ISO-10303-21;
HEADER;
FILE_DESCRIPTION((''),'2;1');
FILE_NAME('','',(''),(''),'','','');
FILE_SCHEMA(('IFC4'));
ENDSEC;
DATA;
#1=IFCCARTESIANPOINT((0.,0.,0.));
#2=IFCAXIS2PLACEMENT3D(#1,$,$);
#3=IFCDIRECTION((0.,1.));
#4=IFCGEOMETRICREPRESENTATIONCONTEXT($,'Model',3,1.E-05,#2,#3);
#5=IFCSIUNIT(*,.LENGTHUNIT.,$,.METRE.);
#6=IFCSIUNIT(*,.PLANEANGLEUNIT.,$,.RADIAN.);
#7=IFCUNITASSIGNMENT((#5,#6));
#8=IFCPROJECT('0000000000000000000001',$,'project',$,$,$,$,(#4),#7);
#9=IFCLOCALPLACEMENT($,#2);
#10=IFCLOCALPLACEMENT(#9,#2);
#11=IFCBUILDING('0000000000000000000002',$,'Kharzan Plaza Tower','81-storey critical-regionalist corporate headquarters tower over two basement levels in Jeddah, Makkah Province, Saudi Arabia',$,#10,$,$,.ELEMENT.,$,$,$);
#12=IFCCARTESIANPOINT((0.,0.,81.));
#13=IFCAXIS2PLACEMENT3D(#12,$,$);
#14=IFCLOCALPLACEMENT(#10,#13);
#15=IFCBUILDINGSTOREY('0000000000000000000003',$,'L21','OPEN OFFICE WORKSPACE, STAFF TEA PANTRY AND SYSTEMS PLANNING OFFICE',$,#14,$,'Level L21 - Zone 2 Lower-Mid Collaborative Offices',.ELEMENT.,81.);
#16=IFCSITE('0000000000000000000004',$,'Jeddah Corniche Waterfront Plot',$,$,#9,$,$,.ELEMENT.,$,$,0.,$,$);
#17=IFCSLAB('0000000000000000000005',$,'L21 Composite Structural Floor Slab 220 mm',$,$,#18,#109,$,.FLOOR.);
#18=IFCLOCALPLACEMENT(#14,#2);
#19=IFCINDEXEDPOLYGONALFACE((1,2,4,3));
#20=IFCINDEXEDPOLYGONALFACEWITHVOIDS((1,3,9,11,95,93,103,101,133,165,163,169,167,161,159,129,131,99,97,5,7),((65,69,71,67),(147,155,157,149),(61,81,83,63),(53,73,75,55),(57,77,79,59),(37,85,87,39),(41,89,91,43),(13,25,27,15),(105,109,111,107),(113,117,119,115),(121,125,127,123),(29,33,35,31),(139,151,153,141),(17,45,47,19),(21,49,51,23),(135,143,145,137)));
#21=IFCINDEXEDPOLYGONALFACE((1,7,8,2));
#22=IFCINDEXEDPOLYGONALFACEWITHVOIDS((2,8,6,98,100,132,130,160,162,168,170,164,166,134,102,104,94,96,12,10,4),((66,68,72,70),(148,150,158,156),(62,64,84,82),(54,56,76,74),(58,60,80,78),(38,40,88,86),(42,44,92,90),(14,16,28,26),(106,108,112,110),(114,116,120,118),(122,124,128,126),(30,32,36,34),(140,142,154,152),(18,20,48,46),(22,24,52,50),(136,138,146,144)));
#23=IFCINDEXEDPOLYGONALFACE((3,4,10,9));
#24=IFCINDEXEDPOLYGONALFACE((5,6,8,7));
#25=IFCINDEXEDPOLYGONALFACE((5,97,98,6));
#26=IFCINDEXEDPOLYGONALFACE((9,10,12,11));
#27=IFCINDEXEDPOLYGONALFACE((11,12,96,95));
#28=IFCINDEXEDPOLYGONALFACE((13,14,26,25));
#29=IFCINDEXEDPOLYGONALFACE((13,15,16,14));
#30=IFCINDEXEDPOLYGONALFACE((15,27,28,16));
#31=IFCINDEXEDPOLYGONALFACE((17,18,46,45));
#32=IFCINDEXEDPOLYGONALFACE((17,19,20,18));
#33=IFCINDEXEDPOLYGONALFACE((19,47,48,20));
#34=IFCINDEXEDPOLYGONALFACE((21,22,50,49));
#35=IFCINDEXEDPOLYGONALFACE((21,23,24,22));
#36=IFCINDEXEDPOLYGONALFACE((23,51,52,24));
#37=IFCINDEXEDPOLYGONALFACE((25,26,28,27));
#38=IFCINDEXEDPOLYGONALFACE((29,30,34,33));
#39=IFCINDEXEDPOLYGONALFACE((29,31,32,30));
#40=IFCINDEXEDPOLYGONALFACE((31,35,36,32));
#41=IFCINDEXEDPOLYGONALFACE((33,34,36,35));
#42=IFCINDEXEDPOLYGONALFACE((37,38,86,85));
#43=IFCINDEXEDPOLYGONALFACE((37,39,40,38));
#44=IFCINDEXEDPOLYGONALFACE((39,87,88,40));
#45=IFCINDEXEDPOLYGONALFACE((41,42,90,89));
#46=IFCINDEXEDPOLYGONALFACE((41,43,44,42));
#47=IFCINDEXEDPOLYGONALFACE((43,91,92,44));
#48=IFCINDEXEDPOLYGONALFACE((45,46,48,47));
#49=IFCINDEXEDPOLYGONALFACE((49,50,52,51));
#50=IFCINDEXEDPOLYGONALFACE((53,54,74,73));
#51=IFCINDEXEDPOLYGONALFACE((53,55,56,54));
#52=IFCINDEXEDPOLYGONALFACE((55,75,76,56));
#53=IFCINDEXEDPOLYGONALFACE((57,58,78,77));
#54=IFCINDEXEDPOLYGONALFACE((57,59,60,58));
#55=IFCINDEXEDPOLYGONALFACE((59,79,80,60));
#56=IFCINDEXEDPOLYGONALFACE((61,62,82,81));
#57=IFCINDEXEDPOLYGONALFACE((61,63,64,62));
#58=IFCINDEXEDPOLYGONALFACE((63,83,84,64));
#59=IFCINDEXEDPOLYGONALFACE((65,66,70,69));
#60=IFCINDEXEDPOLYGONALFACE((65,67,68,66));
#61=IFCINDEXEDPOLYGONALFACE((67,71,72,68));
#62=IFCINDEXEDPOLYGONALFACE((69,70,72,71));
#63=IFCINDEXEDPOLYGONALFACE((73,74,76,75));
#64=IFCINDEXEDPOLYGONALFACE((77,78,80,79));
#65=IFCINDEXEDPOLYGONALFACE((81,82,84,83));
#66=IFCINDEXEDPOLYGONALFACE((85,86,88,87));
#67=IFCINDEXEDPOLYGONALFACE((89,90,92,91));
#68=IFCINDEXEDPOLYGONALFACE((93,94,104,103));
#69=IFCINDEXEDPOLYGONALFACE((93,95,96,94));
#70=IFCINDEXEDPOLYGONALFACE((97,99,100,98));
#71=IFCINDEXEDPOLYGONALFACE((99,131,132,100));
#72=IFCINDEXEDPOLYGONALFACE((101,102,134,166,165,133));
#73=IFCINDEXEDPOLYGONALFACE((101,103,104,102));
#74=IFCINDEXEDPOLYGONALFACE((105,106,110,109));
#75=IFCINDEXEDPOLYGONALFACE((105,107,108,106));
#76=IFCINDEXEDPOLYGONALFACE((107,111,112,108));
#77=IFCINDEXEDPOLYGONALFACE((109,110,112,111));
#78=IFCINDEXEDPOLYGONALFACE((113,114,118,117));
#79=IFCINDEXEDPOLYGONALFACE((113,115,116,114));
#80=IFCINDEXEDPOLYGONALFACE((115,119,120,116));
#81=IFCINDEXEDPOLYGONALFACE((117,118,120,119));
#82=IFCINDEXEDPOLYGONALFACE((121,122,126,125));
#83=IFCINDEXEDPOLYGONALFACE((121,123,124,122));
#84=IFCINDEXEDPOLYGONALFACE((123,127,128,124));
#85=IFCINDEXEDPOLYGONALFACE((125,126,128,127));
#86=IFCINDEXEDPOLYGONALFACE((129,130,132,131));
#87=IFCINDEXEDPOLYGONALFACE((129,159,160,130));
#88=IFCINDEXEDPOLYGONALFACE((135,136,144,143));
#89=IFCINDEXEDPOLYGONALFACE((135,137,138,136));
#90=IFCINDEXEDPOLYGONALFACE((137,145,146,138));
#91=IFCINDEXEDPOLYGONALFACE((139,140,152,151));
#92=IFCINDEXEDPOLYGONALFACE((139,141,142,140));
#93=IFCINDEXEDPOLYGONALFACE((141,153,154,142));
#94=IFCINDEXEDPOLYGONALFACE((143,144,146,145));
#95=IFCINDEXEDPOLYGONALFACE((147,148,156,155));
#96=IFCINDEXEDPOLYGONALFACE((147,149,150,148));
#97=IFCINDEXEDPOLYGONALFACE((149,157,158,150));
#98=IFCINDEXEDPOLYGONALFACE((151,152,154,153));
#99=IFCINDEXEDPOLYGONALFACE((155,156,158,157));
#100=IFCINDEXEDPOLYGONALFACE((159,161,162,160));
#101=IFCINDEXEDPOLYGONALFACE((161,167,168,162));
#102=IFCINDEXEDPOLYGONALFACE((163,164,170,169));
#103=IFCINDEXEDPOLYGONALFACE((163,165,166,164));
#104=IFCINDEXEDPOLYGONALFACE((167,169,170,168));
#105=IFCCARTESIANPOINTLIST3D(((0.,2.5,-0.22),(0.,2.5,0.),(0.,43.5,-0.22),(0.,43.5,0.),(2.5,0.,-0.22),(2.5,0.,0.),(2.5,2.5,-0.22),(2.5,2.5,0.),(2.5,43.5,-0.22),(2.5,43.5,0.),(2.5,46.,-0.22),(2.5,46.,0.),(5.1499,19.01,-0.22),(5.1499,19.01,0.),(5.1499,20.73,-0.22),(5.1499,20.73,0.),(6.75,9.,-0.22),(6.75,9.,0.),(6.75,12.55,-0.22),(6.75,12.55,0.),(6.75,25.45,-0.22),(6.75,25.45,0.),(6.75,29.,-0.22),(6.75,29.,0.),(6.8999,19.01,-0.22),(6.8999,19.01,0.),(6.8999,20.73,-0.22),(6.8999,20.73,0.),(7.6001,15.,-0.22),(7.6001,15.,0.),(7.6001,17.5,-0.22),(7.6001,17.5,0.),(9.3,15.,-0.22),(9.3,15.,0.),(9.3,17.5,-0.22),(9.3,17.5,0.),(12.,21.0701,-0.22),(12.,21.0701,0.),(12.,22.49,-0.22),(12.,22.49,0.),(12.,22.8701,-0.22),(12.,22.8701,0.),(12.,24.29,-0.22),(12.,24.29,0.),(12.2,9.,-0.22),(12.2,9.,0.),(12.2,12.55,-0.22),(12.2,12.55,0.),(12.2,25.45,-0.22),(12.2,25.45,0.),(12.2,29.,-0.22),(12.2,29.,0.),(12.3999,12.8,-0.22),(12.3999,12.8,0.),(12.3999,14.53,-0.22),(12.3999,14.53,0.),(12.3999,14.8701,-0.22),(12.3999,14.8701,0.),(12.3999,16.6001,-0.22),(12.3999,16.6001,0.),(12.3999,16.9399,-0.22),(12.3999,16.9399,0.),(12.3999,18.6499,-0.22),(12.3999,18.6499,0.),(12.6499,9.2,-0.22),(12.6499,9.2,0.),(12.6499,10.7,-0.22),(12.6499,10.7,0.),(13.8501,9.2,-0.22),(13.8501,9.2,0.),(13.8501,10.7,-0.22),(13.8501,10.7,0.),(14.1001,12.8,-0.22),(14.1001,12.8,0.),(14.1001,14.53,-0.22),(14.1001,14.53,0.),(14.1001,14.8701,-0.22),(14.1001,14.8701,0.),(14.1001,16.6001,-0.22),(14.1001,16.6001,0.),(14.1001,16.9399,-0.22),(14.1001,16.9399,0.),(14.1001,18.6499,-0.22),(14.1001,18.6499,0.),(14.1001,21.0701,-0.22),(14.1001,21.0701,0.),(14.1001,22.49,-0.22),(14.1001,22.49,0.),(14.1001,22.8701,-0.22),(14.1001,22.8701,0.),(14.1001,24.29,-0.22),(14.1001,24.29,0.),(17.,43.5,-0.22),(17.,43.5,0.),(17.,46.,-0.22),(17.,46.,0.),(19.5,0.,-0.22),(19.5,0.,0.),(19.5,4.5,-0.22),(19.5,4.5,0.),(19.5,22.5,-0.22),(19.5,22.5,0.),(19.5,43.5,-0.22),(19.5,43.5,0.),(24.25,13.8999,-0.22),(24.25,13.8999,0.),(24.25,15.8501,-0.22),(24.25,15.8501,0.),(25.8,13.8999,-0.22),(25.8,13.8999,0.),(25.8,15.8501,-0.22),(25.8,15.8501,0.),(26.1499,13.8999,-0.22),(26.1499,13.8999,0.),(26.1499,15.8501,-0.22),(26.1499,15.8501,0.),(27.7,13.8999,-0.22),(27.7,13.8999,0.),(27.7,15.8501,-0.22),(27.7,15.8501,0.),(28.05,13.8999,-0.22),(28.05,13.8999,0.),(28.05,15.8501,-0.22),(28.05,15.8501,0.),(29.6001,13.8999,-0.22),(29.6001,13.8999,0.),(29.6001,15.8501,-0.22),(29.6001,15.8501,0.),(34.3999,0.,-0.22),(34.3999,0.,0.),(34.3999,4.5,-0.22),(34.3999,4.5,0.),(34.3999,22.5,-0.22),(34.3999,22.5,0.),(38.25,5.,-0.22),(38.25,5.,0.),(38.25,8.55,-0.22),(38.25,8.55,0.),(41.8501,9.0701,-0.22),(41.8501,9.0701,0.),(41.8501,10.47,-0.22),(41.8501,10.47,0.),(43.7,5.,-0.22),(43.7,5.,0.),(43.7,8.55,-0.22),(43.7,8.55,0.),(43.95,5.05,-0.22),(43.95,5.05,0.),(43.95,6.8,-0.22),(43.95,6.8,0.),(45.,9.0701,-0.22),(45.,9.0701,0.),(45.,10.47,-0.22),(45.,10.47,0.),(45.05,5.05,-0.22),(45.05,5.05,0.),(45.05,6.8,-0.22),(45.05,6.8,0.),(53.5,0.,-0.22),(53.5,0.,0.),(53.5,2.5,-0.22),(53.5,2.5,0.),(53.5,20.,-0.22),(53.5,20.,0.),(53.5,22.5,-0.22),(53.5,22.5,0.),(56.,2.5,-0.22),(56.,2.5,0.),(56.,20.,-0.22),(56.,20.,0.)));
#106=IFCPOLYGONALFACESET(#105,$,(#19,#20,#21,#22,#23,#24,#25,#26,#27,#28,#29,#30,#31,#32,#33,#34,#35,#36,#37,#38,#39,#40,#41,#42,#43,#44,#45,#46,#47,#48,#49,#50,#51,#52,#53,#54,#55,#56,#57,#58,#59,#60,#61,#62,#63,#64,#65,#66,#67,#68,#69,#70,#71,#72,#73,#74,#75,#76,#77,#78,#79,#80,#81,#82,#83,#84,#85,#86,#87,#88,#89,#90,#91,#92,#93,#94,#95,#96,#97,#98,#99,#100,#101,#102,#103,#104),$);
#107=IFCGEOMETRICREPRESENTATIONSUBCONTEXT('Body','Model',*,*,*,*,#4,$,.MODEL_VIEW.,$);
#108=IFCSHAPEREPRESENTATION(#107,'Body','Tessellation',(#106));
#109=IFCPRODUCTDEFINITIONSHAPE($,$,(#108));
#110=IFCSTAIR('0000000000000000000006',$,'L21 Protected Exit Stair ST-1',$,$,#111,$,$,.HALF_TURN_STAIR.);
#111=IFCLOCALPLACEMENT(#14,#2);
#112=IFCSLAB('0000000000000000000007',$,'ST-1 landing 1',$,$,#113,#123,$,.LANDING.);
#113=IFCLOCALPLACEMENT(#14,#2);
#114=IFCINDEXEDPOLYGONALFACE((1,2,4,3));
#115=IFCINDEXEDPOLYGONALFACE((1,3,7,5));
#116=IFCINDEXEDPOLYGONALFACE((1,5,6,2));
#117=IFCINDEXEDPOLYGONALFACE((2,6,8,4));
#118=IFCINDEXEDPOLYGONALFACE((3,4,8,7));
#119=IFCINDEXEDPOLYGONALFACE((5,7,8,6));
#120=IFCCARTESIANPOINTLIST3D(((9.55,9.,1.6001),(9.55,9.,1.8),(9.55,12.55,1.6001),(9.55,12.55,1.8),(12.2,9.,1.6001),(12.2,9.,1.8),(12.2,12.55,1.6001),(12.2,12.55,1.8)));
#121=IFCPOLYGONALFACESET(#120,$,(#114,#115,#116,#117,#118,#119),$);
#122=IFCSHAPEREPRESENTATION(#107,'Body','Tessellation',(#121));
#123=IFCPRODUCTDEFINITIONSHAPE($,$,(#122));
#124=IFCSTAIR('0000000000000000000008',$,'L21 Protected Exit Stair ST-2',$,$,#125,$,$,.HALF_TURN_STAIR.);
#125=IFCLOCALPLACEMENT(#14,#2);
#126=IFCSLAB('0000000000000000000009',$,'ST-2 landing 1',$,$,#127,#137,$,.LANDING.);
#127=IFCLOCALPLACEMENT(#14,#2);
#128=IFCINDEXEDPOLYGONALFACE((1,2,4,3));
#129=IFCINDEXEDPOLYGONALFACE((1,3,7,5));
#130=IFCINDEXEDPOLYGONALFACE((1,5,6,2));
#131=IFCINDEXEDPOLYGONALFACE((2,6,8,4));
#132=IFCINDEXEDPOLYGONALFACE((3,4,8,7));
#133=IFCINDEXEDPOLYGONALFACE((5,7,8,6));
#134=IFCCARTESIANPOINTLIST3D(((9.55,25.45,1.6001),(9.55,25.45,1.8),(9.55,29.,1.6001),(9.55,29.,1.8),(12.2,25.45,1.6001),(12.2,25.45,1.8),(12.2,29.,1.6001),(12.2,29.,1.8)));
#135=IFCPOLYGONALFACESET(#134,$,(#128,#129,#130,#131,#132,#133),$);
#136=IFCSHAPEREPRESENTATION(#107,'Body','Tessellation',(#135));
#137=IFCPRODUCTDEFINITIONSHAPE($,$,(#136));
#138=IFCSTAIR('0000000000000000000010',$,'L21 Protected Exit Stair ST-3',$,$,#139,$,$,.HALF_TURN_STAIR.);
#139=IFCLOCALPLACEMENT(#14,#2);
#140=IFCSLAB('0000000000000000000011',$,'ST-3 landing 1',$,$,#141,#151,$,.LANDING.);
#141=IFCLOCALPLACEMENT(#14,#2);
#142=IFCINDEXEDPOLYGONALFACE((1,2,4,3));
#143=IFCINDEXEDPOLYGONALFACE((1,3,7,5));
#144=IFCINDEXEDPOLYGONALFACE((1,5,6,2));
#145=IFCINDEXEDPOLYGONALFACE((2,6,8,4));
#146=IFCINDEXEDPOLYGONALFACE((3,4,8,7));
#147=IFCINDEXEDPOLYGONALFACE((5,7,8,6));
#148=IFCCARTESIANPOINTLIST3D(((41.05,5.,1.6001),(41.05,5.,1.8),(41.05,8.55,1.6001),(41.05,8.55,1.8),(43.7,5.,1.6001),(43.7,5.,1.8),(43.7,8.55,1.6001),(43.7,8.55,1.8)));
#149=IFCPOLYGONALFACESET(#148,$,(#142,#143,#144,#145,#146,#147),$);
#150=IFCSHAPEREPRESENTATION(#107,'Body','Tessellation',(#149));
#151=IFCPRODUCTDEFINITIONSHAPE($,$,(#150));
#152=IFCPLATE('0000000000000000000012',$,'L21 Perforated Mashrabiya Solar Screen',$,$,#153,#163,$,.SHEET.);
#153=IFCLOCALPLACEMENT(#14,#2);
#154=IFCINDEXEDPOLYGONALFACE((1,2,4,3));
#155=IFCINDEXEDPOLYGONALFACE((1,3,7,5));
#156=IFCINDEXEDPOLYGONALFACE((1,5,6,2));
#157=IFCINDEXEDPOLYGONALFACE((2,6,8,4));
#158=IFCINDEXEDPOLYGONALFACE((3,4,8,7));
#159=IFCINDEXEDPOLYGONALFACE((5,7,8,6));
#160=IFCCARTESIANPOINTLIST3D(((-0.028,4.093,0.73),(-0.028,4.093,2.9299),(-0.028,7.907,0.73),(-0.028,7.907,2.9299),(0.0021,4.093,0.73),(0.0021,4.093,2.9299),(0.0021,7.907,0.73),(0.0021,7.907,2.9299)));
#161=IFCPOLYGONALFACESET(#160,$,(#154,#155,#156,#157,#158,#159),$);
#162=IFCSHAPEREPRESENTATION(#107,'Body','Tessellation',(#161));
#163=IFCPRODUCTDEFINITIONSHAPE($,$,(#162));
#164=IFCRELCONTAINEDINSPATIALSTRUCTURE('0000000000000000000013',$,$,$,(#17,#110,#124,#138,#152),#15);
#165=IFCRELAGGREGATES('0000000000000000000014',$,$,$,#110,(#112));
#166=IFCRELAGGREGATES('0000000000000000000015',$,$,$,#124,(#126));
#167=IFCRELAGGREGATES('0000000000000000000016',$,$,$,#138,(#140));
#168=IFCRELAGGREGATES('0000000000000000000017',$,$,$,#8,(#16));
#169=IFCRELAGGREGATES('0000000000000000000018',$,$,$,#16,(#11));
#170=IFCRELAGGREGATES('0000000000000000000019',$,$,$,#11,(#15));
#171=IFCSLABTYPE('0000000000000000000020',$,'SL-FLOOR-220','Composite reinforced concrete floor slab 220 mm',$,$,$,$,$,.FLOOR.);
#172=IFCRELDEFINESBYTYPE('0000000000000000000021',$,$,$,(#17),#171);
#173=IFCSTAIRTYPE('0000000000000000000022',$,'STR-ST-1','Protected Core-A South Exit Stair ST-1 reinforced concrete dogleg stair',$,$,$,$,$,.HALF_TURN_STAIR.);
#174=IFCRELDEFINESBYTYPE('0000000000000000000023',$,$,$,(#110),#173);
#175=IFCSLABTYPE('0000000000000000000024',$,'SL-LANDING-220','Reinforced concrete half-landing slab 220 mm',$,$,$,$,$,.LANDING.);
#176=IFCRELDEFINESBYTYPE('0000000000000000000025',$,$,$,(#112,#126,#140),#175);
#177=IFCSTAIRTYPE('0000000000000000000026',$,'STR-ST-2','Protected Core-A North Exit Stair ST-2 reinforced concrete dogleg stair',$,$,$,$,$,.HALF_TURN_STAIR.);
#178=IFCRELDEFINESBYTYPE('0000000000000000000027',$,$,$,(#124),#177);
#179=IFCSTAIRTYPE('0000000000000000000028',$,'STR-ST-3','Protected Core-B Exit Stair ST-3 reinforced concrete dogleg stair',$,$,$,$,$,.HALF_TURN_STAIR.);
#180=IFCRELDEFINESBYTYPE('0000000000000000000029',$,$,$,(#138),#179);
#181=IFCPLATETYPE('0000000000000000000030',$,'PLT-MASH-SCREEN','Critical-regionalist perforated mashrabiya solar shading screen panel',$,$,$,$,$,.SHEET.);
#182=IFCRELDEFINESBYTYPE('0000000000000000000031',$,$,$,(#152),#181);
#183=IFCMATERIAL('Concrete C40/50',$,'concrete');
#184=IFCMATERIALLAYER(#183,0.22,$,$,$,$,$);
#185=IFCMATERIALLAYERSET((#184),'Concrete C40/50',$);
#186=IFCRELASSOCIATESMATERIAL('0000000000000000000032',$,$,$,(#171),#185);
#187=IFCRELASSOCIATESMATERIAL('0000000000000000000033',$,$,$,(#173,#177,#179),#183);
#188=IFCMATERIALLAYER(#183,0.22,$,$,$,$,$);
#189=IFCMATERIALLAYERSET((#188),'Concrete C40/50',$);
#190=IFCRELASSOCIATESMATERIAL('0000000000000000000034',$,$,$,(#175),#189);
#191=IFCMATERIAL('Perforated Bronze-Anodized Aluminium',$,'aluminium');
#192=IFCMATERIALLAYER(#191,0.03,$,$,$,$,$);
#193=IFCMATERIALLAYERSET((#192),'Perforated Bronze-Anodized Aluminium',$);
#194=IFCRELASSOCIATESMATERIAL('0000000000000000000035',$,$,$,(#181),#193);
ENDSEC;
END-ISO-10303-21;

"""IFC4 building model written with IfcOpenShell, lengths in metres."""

from ifc_helpers import new_model, si_unit, direction, frame, origin, origin_2d, place, context, subcontext, project, spatial, polyline, rectangle, outline, extrude, source, transform, mapped, material, layer, layer_set, type_object, element, aggregate, save


model = new_model("IFC4")

# Units and contexts
model_context = context("Model", 3, precision=1e-05, world=origin(), true_north=direction((0.0, 1.0)))
body_context = subcontext(model_context, "Body", "Model", "MODEL_VIEW")
ifc_project = project(units=[si_unit("LENGTHUNIT", "METRE"), si_unit("PLANEANGLEUNIT", "RADIAN")], contexts=[model_context])

# Site, building, storey
site_placement = place(None, origin())
site = spatial("IfcSite", under=ifc_project, at=site_placement, Name="Jeddah Corniche Waterfront Plot", CompositionType="ELEMENT", RefElevation=0.0)
building_placement = place(site_placement, origin())
building = spatial("IfcBuilding", under=site, at=building_placement, Name="Kharzan Plaza Tower", Description="81-storey critical-regionalist corporate headquarters tower over two basement levels in Jeddah, Makkah Province, Saudi Arabia", CompositionType="ELEMENT")
storey_placement = place(building_placement, frame((0.0, 0.0, 81.0)))
storey = spatial("IfcBuildingStorey", under=building, at=storey_placement, Name="L21", Description="OPEN OFFICE WORKSPACE, STAFF TEA PANTRY AND SYSTEMS PLANNING OFFICE", LongName="Level L21 - Zone 2 Lower-Mid Collaborative Offices", CompositionType="ELEMENT", Elevation=81.0)

# Slab
ifc_material_1 = material(Name="Concrete C40/50", Category="concrete")
ifc_layer_1 = layer(ifc_material_1, 0.22)
ifc_layer_set_1 = layer_set([ifc_layer_1], Name="Concrete C40/50")
slab_type_1 = type_object("IfcSlabType", Name="SL-FLOOR-220", Description="Composite reinforced concrete floor slab 220 mm", PredefinedType="FLOOR", material=ifc_layer_set_1)
slab_1_placement = place(storey_placement, frame((0.0, 0.0, -0.22)))
element("IfcSlab", 1, at=slab_1_placement, inside=storey, type_object=slab_type_1, Name="L21 Composite Structural Floor Slab 220 mm", PredefinedType="FLOOR", context=body_context, shape_type="SweptSolid", body=[
    extrude(outline(polyline([(34.3999, 22.5), (19.5, 22.5), (19.5, 43.5), (17.0, 43.5), (17.0, 46.0), (2.5, 46.0), (2.5, 43.5), (0.0, 43.5), (0.0, 2.5), (2.5, 2.5), (2.5, 0.0), (19.5, 0.0), (19.5, 4.5), (34.3999, 4.5), (34.3999, 0.0), (53.5, 0.0), (53.5, 2.5), (56.0, 2.5), (56.0, 20.0), (53.5, 20.0), (53.5, 22.5), (34.3999, 22.5)]), holes=[polyline([(12.2, 9.0), (12.2, 12.55), (6.75, 12.55), (6.75, 9.0), (12.2, 9.0)]), polyline([(14.1001, 12.8), (14.1001, 14.53), (12.3999, 14.53), (12.3999, 12.8), (14.1001, 12.8)]), polyline([(14.1001, 14.8701), (14.1001, 16.6001), (12.3999, 16.6001), (12.3999, 14.8701), (14.1001, 14.8701)]), polyline([(9.3, 15.0), (9.3, 17.5), (7.6001, 17.5), (7.6001, 15.0), (9.3, 15.0)]), polyline([(6.8999, 19.01), (6.8999, 20.73), (5.1499, 20.73), (5.1499, 19.01), (6.8999, 19.01)]), polyline([(14.1001, 21.0701), (14.1001, 22.49), (12.0, 22.49), (12.0, 21.0701), (14.1001, 21.0701)]), polyline([(14.1001, 22.8701), (14.1001, 24.29), (12.0, 24.29), (12.0, 22.8701), (14.1001, 22.8701)]), polyline([(12.2, 25.45), (12.2, 29.0), (6.75, 29.0), (6.75, 25.45), (12.2, 25.45)]), polyline([(45.05, 5.05), (45.05, 6.8), (43.95, 6.8), (43.95, 5.05), (45.05, 5.05)]), polyline([(43.7, 5.0), (43.7, 8.55), (38.25, 8.55), (38.25, 5.0), (43.7, 5.0)]), polyline([(45.0, 9.0701), (45.0, 10.47), (41.8501, 10.47), (41.8501, 9.0701), (45.0, 9.0701)]), polyline([(13.8501, 9.2), (13.8501, 10.7), (12.6499, 10.7), (12.6499, 9.2), (13.8501, 9.2)]), polyline([(25.8, 13.8999), (25.8, 15.8501), (24.25, 15.8501), (24.25, 13.8999), (25.8, 13.8999)]), polyline([(27.7, 13.8999), (27.7, 15.8501), (26.1499, 15.8501), (26.1499, 13.8999), (27.7, 13.8999)]), polyline([(29.6001, 13.8999), (29.6001, 15.8501), (28.05, 15.8501), (28.05, 13.8999), (29.6001, 13.8999)]), polyline([(14.1001, 16.9399), (14.1001, 18.6499), (12.3999, 18.6499), (12.3999, 16.9399), (14.1001, 16.9399)])]), origin(), (0.0, 0.0, 1.0), 0.22),
])

# Stairs, slabs
stair_type_1 = type_object("IfcStairType", Name="STR-ST-1", Description="Protected Core-A South Exit Stair ST-1 reinforced concrete dogleg stair", PredefinedType="HALF_TURN_STAIR", material=ifc_material_1)
stair_1_placement = place(storey_placement, origin())
stair_1 = element("IfcStair", 2, at=stair_1_placement, inside=storey, type_object=stair_type_1, Name="L21 Protected Exit Stair ST-1", PredefinedType="HALF_TURN_STAIR")
ifc_layer_2 = layer(ifc_material_1, 0.22)
ifc_layer_set_2 = layer_set([ifc_layer_2], Name="Concrete C40/50")
slab_type_2 = type_object("IfcSlabType", Name="SL-LANDING-220", Description="Reinforced concrete half-landing slab 220 mm", PredefinedType="LANDING", material=ifc_layer_set_2)
slab_2_placement = place(storey_placement, frame((0.0, 0.0, 1.6001)))
slab_2 = element("IfcSlab", 3, at=slab_2_placement, type_object=slab_type_2, Name="ST-1 landing 1", PredefinedType="LANDING", context=body_context, shape_type="SweptSolid", body=[
    extrude(outline(polyline([(9.55, 9.0), (12.2, 9.0), (12.2, 12.55), (9.55, 12.55), (9.55, 9.0)])), origin(), (0.0, 0.0, 1.0), 0.2),
])
aggregate(stair_1, [slab_2])
stair_type_2 = type_object("IfcStairType", Name="STR-ST-2", Description="Protected Core-A North Exit Stair ST-2 reinforced concrete dogleg stair", PredefinedType="HALF_TURN_STAIR", material=ifc_material_1)
stair_2_placement = place(storey_placement, origin())
stair_2 = element("IfcStair", 4, at=stair_2_placement, inside=storey, type_object=stair_type_2, Name="L21 Protected Exit Stair ST-2", PredefinedType="HALF_TURN_STAIR")
slab_3_placement = place(storey_placement, frame((0.0, 0.0, 1.6001)))
slab_3 = element("IfcSlab", 5, at=slab_3_placement, type_object=slab_type_2, Name="ST-2 landing 1", PredefinedType="LANDING", context=body_context, shape_type="SweptSolid", body=[
    extrude(outline(polyline([(9.55, 25.45), (12.2, 25.45), (12.2, 29.0), (9.55, 29.0), (9.55, 25.45)])), origin(), (0.0, 0.0, 1.0), 0.2),
])
aggregate(stair_2, [slab_3])
stair_type_3 = type_object("IfcStairType", Name="STR-ST-3", Description="Protected Core-B Exit Stair ST-3 reinforced concrete dogleg stair", PredefinedType="HALF_TURN_STAIR", material=ifc_material_1)
stair_3_placement = place(storey_placement, origin())
stair_3 = element("IfcStair", 6, at=stair_3_placement, inside=storey, type_object=stair_type_3, Name="L21 Protected Exit Stair ST-3", PredefinedType="HALF_TURN_STAIR")
slab_4_placement = place(storey_placement, frame((0.0, 0.0, 1.6001)))
slab_4 = element("IfcSlab", 7, at=slab_4_placement, type_object=slab_type_2, Name="ST-3 landing 1", PredefinedType="LANDING", context=body_context, shape_type="SweptSolid", body=[
    extrude(outline(polyline([(41.05, 5.0), (43.7, 5.0), (43.7, 8.55), (41.05, 8.55), (41.05, 5.0)])), origin(), (0.0, 0.0, 1.0), 0.2),
])
aggregate(stair_3, [slab_4])

# Plate
ifc_material_2 = material(Name="Perforated Bronze-Anodized Aluminium", Category="aluminium")
ifc_layer_3 = layer(ifc_material_2, 0.03)
ifc_layer_set_3 = layer_set([ifc_layer_3], Name="Perforated Bronze-Anodized Aluminium")
plate_type = type_object("IfcPlateType", Name="PLT-MASH-SCREEN", Description="Critical-regionalist perforated mashrabiya solar shading screen panel", PredefinedType="SHEET", material=ifc_layer_set_3)
shared_shape_1 = source(origin(), body_context, "Body", "SweptSolid", [
    extrude(rectangle(XDim=3.814, YDim=0.03, at=origin_2d()), origin(), (0.0, 0.0, 1.0), 2.2),
])
plate_placement = place(storey_placement, frame((-0.0129, 6.0, 0.73), z_axis=(0.0, 0.0, 1.0), x_axis=(0.0, -1.0, 0.0)))
element("IfcPlate", 8, at=plate_placement, inside=storey, type_object=plate_type, Name="L21 Perforated Mashrabiya Solar Screen", PredefinedType="SHEET", context=body_context, shape_type="MappedRepresentation", body=[
    mapped(shared_shape_1, transform((0.0, 0.0, 0.0), x_axis=(1.0, 0.0, 0.0), y_axis=(0.0, 1.0, 0.0), z_axis=(0.0, 0.0, 1.0))),
])

save(model, "model.ifc")
